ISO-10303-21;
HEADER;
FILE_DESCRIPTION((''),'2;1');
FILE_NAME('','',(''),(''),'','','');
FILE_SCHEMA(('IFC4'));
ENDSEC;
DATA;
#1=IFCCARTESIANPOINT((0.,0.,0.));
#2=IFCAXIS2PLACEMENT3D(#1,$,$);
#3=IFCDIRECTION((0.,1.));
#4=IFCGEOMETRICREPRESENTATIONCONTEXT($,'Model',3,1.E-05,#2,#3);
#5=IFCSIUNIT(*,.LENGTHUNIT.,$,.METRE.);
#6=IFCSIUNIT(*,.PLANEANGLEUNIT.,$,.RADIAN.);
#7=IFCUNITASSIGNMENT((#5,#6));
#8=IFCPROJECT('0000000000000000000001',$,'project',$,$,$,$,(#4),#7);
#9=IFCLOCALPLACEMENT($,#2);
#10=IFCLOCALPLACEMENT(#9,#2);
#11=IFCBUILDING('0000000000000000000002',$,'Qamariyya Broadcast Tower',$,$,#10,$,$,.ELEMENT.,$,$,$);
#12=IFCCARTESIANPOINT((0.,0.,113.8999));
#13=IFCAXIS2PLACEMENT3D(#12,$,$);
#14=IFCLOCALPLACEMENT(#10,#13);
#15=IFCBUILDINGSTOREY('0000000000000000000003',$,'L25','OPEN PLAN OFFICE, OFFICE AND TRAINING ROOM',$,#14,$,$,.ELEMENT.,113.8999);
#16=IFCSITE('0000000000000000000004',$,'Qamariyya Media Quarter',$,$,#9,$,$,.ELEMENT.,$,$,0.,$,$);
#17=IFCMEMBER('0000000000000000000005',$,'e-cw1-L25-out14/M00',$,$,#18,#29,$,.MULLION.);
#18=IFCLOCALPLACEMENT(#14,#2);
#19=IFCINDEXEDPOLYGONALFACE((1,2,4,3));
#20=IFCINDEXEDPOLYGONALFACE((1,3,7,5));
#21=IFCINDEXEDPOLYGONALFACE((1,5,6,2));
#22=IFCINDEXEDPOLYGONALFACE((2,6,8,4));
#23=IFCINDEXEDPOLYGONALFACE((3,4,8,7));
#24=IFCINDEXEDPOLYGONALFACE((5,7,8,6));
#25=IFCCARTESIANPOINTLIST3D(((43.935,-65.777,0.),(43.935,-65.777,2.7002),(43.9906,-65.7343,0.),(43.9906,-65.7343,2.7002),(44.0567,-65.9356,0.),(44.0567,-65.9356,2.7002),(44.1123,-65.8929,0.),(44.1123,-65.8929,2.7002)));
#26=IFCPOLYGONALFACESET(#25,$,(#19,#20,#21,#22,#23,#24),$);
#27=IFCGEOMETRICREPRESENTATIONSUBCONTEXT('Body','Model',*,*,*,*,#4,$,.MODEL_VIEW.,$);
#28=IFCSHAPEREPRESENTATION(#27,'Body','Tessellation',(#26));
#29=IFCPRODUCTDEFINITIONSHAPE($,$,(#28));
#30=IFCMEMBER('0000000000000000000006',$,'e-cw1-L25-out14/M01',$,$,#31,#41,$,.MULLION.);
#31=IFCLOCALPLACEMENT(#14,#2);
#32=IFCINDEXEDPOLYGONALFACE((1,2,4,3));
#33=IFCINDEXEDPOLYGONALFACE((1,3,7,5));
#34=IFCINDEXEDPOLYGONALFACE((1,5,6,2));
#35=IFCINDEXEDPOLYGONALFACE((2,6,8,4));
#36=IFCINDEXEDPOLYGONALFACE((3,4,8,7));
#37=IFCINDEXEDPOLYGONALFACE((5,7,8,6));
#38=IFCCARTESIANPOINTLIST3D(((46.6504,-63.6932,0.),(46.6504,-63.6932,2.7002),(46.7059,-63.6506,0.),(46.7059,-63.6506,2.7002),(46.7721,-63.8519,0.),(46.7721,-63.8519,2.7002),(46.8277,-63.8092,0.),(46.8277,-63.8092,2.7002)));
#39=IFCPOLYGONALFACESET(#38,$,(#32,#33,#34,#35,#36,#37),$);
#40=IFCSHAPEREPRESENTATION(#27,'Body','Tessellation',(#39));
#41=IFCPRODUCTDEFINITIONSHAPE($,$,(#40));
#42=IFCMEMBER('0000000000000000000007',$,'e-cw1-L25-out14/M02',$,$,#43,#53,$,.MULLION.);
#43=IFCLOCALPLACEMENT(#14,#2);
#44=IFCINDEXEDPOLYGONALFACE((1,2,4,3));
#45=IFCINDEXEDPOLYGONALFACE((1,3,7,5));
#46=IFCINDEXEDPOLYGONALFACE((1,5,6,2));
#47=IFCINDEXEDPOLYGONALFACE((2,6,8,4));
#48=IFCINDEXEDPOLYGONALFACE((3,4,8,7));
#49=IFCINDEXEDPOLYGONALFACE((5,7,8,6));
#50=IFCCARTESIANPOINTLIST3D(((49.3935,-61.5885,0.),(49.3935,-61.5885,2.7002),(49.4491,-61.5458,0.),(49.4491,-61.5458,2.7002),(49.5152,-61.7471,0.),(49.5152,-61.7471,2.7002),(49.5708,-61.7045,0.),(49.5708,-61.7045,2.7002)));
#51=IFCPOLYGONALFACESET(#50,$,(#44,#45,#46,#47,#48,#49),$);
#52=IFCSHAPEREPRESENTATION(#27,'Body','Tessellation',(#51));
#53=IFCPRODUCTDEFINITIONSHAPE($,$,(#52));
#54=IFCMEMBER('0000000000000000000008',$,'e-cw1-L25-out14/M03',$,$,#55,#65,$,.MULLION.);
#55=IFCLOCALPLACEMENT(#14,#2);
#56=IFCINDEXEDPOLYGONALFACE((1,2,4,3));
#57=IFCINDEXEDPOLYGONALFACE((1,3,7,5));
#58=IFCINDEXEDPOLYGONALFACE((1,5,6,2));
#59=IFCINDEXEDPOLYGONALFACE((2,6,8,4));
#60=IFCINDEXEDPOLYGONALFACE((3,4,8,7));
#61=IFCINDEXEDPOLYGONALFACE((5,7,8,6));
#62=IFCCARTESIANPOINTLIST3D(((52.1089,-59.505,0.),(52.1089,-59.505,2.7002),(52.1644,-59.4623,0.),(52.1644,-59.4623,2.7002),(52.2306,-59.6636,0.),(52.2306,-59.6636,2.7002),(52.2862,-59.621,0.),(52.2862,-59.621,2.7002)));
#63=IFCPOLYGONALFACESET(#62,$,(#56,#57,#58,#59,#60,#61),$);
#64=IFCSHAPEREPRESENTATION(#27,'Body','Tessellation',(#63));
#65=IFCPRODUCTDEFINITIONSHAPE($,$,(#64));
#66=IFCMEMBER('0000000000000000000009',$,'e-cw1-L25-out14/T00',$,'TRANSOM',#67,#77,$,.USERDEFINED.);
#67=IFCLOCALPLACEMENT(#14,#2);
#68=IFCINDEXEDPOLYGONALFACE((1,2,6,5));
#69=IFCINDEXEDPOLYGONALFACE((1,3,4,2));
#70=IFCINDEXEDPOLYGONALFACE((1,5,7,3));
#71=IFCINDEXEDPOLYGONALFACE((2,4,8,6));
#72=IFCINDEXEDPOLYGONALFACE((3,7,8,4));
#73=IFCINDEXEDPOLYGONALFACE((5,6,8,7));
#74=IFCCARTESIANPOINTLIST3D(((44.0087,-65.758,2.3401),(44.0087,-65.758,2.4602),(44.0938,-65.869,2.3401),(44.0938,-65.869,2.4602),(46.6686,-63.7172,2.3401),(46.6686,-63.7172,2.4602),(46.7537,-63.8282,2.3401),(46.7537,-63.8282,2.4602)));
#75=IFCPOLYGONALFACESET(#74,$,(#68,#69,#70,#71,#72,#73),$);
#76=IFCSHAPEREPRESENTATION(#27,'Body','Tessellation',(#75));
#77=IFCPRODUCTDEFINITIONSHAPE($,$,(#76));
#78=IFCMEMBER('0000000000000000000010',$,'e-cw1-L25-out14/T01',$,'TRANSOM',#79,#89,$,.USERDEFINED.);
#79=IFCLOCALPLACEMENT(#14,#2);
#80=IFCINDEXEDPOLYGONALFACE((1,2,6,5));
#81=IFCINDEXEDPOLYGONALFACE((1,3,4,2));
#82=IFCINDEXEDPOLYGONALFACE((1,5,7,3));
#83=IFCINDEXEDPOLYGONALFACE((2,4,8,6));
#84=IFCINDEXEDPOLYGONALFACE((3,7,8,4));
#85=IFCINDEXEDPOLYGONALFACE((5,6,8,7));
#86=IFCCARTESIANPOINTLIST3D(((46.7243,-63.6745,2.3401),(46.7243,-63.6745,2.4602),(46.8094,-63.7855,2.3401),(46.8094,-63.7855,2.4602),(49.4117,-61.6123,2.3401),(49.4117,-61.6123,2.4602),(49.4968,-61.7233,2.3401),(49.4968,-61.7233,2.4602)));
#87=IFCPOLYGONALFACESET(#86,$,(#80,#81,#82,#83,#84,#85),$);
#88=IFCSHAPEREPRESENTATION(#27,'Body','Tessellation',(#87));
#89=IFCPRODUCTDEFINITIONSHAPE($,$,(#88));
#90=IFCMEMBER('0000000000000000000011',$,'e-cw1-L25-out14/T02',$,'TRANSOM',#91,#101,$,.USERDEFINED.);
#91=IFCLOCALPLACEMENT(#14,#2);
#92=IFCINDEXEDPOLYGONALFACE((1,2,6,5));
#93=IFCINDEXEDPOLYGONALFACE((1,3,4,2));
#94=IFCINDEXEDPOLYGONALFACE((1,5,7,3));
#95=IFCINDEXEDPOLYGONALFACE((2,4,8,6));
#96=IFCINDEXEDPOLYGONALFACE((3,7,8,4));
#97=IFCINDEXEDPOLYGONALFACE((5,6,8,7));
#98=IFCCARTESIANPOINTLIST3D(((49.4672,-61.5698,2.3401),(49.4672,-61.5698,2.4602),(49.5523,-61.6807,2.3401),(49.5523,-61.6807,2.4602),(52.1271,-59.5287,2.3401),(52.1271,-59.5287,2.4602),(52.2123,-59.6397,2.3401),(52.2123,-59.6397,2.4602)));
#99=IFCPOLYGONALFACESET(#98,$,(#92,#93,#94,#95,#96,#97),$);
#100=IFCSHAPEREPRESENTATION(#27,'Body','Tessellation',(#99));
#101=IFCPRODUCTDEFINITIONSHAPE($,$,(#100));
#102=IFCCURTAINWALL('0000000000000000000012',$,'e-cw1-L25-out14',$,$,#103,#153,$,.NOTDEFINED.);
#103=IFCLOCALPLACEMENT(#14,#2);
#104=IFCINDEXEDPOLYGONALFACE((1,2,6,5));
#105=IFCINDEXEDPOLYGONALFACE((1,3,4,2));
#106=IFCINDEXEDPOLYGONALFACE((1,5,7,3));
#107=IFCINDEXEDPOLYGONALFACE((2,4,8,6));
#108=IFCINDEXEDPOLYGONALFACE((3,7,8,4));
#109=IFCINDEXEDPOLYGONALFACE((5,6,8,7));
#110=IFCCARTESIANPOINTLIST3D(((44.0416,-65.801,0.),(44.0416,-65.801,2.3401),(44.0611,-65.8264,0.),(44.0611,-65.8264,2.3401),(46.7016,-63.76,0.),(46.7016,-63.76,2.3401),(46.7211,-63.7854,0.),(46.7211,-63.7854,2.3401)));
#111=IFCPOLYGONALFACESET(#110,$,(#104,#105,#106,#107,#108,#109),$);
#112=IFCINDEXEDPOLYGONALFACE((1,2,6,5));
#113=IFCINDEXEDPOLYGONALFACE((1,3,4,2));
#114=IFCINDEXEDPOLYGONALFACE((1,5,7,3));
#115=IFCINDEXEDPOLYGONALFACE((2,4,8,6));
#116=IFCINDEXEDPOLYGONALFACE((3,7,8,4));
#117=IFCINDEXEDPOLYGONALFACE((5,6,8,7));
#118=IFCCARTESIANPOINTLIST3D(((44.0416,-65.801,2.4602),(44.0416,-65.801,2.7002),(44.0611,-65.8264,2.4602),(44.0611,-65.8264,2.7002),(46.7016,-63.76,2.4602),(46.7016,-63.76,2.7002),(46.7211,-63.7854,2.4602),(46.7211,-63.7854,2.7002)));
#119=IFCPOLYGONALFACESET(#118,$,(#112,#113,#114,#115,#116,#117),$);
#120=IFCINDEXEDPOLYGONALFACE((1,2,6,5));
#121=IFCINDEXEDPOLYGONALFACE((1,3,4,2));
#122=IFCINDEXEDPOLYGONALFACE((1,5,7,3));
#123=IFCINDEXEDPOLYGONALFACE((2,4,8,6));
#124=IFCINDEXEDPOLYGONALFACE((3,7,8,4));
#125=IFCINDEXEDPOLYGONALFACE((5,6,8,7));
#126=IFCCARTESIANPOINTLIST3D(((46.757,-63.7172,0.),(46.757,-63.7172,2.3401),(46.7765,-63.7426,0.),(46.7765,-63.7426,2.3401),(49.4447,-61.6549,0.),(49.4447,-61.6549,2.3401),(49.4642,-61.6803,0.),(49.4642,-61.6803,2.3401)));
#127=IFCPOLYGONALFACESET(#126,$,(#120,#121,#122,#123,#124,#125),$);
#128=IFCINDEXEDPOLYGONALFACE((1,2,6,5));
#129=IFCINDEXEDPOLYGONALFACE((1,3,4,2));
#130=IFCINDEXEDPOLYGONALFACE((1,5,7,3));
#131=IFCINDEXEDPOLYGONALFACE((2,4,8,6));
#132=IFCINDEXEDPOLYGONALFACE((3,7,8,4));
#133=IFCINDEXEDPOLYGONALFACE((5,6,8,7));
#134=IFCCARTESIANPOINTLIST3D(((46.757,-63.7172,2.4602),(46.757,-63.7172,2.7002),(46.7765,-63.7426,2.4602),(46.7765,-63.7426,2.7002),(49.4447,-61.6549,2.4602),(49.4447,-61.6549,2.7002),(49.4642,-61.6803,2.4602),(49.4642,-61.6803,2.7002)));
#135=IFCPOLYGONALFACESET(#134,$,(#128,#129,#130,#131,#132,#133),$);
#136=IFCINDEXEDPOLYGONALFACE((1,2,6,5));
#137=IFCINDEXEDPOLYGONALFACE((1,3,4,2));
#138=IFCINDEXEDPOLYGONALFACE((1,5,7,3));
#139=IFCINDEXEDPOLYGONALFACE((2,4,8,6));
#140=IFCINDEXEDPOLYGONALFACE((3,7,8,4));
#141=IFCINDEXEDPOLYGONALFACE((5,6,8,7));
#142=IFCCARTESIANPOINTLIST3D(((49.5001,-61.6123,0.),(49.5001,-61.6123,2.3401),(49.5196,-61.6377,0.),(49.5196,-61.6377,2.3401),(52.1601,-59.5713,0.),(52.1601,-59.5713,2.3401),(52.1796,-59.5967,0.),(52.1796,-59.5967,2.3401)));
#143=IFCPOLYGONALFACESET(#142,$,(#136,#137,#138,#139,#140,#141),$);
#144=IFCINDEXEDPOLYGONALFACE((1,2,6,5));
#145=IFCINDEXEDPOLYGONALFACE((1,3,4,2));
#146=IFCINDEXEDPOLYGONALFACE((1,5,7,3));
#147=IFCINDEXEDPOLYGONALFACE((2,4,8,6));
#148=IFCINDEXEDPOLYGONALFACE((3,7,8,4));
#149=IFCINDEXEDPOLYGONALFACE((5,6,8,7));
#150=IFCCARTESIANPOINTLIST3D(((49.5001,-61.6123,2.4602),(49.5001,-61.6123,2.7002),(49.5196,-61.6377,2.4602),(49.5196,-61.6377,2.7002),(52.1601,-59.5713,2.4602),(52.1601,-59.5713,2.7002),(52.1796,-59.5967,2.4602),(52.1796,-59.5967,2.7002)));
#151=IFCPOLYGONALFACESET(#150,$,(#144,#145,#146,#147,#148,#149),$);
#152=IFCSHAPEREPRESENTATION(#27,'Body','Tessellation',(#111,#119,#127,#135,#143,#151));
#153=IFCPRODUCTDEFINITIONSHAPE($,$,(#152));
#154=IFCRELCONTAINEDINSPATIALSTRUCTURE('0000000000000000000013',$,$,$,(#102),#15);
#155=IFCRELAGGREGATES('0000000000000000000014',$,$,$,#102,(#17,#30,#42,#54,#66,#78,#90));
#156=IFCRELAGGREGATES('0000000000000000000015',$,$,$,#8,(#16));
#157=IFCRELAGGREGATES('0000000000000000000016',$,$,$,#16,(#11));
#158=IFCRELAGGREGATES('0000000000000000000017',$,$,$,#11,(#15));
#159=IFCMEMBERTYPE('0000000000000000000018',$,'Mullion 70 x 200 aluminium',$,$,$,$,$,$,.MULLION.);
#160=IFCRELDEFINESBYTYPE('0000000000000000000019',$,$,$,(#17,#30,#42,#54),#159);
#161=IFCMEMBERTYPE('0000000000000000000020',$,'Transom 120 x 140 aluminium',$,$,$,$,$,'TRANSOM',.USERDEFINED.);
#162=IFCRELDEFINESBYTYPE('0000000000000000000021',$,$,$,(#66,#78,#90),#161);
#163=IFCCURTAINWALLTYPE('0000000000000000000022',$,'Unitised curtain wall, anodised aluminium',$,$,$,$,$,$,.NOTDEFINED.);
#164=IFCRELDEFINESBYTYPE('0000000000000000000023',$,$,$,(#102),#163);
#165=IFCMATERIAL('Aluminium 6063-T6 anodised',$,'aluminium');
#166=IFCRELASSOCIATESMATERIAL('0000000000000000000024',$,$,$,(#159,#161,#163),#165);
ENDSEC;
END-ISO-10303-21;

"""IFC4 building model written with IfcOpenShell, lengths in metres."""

from ifc_helpers import new_model, si_unit, direction, frame, origin, origin_2d, place, context, subcontext, project, spatial, rectangle, extrude, material, material_profile, profile_set, type_object, element, aggregate, save


model = new_model("IFC4")

# Units and contexts
model_context = context("Model", 3, precision=1e-05, world=origin(), true_north=direction((0.0, 1.0)))
body_context = subcontext(model_context, "Body", "Model", "MODEL_VIEW")
ifc_project = project(units=[si_unit("LENGTHUNIT", "METRE"), si_unit("PLANEANGLEUNIT", "RADIAN")], contexts=[model_context])

# Members
ifc_material = material(Name="Aluminium 6063-T6 anodised", Category="aluminium")
ifc_material_profile_1 = material_profile(ifc_material, rectangle(XDim=0.2, YDim=0.0701, at=origin_2d()))
ifc_profile_set_1 = profile_set([ifc_material_profile_1], Name="Aluminium 6063-T6 anodised")
member_type_1 = type_object("IfcMemberType", Name="Mullion 70 x 200 aluminium", PredefinedType="MULLION", material=ifc_profile_set_1)
site_placement = place(None, origin())
building_placement = place(site_placement, origin())
storey_placement = place(building_placement, frame((0.0, 0.0, 113.8999)))
member_1_placement = place(storey_placement, frame((44.0237, -65.835, 0.0), z_axis=(0.0, 0.0, 1.0), x_axis=(-0.608761, 0.793353, 0.0)))
member_1 = element("IfcMember", 1, at=member_1_placement, type_object=member_type_1, Name="e-cw1-L25-out14/M00", PredefinedType="MULLION", context=body_context, shape_type="SweptSolid", body=[
    extrude(rectangle(XDim=0.2, YDim=0.0701, at=origin_2d()), origin(), (0.0, 0.0, 1.0), 2.7002),
])
member_2_placement = place(storey_placement, frame((46.739, -63.7512, 0.0), z_axis=(0.0, 0.0, 1.0), x_axis=(-0.608761, 0.793353, 0.0)))
member_2 = element("IfcMember", 2, at=member_2_placement, type_object=member_type_1, Name="e-cw1-L25-out14/M01", PredefinedType="MULLION", context=body_context, shape_type="SweptSolid", body=[
    extrude(rectangle(XDim=0.2, YDim=0.0701, at=origin_2d()), origin(), (0.0, 0.0, 1.0), 2.7002),
])
member_3_placement = place(storey_placement, frame((49.4822, -61.6465, 0.0), z_axis=(0.0, 0.0, 1.0), x_axis=(-0.608761, 0.793353, 0.0)))
member_3 = element("IfcMember", 3, at=member_3_placement, type_object=member_type_1, Name="e-cw1-L25-out14/M02", PredefinedType="MULLION", context=body_context, shape_type="SweptSolid", body=[
    extrude(rectangle(XDim=0.2, YDim=0.0701, at=origin_2d()), origin(), (0.0, 0.0, 1.0), 2.7002),
])
member_4_placement = place(storey_placement, frame((52.1975, -59.563, 0.0), z_axis=(0.0, 0.0, 1.0), x_axis=(-0.608761, 0.793353, 0.0)))
member_4 = element("IfcMember", 4, at=member_4_placement, type_object=member_type_1, Name="e-cw1-L25-out14/M03", PredefinedType="MULLION", context=body_context, shape_type="SweptSolid", body=[
    extrude(rectangle(XDim=0.2, YDim=0.0701, at=origin_2d()), origin(), (0.0, 0.0, 1.0), 2.7002),
])
ifc_material_profile_2 = material_profile(ifc_material, rectangle(XDim=0.1399, YDim=0.1201, at=origin_2d()))
ifc_profile_set_2 = profile_set([ifc_material_profile_2], Name="Aluminium 6063-T6 anodised")
member_type_2 = type_object("IfcMemberType", Name="Transom 120 x 140 aluminium", ElementType="TRANSOM", PredefinedType="USERDEFINED", material=ifc_profile_set_2)
member_5_placement = place(storey_placement, frame((44.0513, -65.8135, 2.4001), z_axis=(0.793389, 0.608714, 0.0), x_axis=(-0.608714, 0.793389, 0.0)))
member_5 = element("IfcMember", 5, at=member_5_placement, type_object=member_type_2, Name="e-cw1-L25-out14/T00", ObjectType="TRANSOM", PredefinedType="USERDEFINED", context=body_context, shape_type="SweptSolid", body=[
    extrude(rectangle(XDim=0.1399, YDim=0.1201, at=origin_2d()), origin(), (0.0, 0.0, 1.0), 3.3525),
])
member_6_placement = place(storey_placement, frame((46.7668, -63.73, 2.4001), z_axis=(0.793344, 0.608773, 0.0), x_axis=(-0.608773, 0.793344, 0.0)))
member_6 = element("IfcMember", 6, at=member_6_placement, type_object=member_type_2, Name="e-cw1-L25-out14/T01", ObjectType="TRANSOM", PredefinedType="USERDEFINED", context=body_context, shape_type="SweptSolid", body=[
    extrude(rectangle(XDim=0.1399, YDim=0.1201, at=origin_2d()), origin(), (0.0, 0.0, 1.0), 3.3875),
])
member_7_placement = place(storey_placement, frame((49.5098, -61.6252, 2.4001), z_axis=(0.793354, 0.60876, 0.0), x_axis=(-0.60876, 0.793354, 0.0)))
member_7 = element("IfcMember", 7, at=member_7_placement, type_object=member_type_2, Name="e-cw1-L25-out14/T02", ObjectType="TRANSOM", PredefinedType="USERDEFINED", context=body_context, shape_type="SweptSolid", body=[
    extrude(rectangle(XDim=0.1399, YDim=0.1201, at=origin_2d()), origin(), (0.0, 0.0, 1.0), 3.3528),
])

# Site, building, storey
site = spatial("IfcSite", under=ifc_project, at=site_placement, Name="Qamariyya Media Quarter", CompositionType="ELEMENT", RefElevation=0.0)
building = spatial("IfcBuilding", under=site, at=building_placement, Name="Qamariyya Broadcast Tower", CompositionType="ELEMENT")
storey = spatial("IfcBuildingStorey", under=building, at=storey_placement, Name="L25", Description="OPEN PLAN OFFICE, OFFICE AND TRAINING ROOM", CompositionType="ELEMENT", Elevation=113.8999)

# Curtain wall
curtain_wall_type = type_object("IfcCurtainWallType", Name="Unitised curtain wall, anodised aluminium", PredefinedType="NOTDEFINED", material=ifc_material)
curtain_wall_1_placement = place(storey_placement, origin())
curtain_wall_1 = element("IfcCurtainWall", 8, at=curtain_wall_1_placement, inside=storey, type_object=curtain_wall_type, Name="e-cw1-L25-out14", PredefinedType="NOTDEFINED", context=body_context, shape_type="SweptSolid", body=[
    extrude(rectangle(XDim=3.3528, YDim=0.032, at=origin_2d()), frame((45.3813, -64.7932, 0.0), x_axis=(0.793354, 0.608761, 0.0)), (0.0, 0.0, 1.0), 2.3401),
    extrude(rectangle(XDim=3.3528, YDim=0.032, at=origin_2d()), frame((45.3813, -64.7932, 2.4602), x_axis=(0.793354, 0.608761, 0.0)), (0.0, 0.0, 1.0), 0.24),
    extrude(rectangle(XDim=3.3877, YDim=0.032, at=origin_2d()), frame((48.1106, -62.6987, 0.0), x_axis=(0.793354, 0.608761, 0.0)), (0.0, 0.0, 1.0), 2.3401),
    extrude(rectangle(XDim=3.3877, YDim=0.032, at=origin_2d()), frame((48.1106, -62.6987, 2.4602), x_axis=(0.793354, 0.608761, 0.0)), (0.0, 0.0, 1.0), 0.24),
    extrude(rectangle(XDim=3.3528, YDim=0.032, at=origin_2d()), frame((50.8398, -60.6045, 0.0), x_axis=(0.793354, 0.608761, 0.0)), (0.0, 0.0, 1.0), 2.3401),
    extrude(rectangle(XDim=3.3528, YDim=0.032, at=origin_2d()), frame((50.8398, -60.6045, 2.4602), x_axis=(0.793354, 0.608761, 0.0)), (0.0, 0.0, 1.0), 0.24),
])
aggregate(curtain_wall_1, [member_1, member_2, member_3, member_4, member_5, member_6, member_7])

save(model, "model.ifc")
